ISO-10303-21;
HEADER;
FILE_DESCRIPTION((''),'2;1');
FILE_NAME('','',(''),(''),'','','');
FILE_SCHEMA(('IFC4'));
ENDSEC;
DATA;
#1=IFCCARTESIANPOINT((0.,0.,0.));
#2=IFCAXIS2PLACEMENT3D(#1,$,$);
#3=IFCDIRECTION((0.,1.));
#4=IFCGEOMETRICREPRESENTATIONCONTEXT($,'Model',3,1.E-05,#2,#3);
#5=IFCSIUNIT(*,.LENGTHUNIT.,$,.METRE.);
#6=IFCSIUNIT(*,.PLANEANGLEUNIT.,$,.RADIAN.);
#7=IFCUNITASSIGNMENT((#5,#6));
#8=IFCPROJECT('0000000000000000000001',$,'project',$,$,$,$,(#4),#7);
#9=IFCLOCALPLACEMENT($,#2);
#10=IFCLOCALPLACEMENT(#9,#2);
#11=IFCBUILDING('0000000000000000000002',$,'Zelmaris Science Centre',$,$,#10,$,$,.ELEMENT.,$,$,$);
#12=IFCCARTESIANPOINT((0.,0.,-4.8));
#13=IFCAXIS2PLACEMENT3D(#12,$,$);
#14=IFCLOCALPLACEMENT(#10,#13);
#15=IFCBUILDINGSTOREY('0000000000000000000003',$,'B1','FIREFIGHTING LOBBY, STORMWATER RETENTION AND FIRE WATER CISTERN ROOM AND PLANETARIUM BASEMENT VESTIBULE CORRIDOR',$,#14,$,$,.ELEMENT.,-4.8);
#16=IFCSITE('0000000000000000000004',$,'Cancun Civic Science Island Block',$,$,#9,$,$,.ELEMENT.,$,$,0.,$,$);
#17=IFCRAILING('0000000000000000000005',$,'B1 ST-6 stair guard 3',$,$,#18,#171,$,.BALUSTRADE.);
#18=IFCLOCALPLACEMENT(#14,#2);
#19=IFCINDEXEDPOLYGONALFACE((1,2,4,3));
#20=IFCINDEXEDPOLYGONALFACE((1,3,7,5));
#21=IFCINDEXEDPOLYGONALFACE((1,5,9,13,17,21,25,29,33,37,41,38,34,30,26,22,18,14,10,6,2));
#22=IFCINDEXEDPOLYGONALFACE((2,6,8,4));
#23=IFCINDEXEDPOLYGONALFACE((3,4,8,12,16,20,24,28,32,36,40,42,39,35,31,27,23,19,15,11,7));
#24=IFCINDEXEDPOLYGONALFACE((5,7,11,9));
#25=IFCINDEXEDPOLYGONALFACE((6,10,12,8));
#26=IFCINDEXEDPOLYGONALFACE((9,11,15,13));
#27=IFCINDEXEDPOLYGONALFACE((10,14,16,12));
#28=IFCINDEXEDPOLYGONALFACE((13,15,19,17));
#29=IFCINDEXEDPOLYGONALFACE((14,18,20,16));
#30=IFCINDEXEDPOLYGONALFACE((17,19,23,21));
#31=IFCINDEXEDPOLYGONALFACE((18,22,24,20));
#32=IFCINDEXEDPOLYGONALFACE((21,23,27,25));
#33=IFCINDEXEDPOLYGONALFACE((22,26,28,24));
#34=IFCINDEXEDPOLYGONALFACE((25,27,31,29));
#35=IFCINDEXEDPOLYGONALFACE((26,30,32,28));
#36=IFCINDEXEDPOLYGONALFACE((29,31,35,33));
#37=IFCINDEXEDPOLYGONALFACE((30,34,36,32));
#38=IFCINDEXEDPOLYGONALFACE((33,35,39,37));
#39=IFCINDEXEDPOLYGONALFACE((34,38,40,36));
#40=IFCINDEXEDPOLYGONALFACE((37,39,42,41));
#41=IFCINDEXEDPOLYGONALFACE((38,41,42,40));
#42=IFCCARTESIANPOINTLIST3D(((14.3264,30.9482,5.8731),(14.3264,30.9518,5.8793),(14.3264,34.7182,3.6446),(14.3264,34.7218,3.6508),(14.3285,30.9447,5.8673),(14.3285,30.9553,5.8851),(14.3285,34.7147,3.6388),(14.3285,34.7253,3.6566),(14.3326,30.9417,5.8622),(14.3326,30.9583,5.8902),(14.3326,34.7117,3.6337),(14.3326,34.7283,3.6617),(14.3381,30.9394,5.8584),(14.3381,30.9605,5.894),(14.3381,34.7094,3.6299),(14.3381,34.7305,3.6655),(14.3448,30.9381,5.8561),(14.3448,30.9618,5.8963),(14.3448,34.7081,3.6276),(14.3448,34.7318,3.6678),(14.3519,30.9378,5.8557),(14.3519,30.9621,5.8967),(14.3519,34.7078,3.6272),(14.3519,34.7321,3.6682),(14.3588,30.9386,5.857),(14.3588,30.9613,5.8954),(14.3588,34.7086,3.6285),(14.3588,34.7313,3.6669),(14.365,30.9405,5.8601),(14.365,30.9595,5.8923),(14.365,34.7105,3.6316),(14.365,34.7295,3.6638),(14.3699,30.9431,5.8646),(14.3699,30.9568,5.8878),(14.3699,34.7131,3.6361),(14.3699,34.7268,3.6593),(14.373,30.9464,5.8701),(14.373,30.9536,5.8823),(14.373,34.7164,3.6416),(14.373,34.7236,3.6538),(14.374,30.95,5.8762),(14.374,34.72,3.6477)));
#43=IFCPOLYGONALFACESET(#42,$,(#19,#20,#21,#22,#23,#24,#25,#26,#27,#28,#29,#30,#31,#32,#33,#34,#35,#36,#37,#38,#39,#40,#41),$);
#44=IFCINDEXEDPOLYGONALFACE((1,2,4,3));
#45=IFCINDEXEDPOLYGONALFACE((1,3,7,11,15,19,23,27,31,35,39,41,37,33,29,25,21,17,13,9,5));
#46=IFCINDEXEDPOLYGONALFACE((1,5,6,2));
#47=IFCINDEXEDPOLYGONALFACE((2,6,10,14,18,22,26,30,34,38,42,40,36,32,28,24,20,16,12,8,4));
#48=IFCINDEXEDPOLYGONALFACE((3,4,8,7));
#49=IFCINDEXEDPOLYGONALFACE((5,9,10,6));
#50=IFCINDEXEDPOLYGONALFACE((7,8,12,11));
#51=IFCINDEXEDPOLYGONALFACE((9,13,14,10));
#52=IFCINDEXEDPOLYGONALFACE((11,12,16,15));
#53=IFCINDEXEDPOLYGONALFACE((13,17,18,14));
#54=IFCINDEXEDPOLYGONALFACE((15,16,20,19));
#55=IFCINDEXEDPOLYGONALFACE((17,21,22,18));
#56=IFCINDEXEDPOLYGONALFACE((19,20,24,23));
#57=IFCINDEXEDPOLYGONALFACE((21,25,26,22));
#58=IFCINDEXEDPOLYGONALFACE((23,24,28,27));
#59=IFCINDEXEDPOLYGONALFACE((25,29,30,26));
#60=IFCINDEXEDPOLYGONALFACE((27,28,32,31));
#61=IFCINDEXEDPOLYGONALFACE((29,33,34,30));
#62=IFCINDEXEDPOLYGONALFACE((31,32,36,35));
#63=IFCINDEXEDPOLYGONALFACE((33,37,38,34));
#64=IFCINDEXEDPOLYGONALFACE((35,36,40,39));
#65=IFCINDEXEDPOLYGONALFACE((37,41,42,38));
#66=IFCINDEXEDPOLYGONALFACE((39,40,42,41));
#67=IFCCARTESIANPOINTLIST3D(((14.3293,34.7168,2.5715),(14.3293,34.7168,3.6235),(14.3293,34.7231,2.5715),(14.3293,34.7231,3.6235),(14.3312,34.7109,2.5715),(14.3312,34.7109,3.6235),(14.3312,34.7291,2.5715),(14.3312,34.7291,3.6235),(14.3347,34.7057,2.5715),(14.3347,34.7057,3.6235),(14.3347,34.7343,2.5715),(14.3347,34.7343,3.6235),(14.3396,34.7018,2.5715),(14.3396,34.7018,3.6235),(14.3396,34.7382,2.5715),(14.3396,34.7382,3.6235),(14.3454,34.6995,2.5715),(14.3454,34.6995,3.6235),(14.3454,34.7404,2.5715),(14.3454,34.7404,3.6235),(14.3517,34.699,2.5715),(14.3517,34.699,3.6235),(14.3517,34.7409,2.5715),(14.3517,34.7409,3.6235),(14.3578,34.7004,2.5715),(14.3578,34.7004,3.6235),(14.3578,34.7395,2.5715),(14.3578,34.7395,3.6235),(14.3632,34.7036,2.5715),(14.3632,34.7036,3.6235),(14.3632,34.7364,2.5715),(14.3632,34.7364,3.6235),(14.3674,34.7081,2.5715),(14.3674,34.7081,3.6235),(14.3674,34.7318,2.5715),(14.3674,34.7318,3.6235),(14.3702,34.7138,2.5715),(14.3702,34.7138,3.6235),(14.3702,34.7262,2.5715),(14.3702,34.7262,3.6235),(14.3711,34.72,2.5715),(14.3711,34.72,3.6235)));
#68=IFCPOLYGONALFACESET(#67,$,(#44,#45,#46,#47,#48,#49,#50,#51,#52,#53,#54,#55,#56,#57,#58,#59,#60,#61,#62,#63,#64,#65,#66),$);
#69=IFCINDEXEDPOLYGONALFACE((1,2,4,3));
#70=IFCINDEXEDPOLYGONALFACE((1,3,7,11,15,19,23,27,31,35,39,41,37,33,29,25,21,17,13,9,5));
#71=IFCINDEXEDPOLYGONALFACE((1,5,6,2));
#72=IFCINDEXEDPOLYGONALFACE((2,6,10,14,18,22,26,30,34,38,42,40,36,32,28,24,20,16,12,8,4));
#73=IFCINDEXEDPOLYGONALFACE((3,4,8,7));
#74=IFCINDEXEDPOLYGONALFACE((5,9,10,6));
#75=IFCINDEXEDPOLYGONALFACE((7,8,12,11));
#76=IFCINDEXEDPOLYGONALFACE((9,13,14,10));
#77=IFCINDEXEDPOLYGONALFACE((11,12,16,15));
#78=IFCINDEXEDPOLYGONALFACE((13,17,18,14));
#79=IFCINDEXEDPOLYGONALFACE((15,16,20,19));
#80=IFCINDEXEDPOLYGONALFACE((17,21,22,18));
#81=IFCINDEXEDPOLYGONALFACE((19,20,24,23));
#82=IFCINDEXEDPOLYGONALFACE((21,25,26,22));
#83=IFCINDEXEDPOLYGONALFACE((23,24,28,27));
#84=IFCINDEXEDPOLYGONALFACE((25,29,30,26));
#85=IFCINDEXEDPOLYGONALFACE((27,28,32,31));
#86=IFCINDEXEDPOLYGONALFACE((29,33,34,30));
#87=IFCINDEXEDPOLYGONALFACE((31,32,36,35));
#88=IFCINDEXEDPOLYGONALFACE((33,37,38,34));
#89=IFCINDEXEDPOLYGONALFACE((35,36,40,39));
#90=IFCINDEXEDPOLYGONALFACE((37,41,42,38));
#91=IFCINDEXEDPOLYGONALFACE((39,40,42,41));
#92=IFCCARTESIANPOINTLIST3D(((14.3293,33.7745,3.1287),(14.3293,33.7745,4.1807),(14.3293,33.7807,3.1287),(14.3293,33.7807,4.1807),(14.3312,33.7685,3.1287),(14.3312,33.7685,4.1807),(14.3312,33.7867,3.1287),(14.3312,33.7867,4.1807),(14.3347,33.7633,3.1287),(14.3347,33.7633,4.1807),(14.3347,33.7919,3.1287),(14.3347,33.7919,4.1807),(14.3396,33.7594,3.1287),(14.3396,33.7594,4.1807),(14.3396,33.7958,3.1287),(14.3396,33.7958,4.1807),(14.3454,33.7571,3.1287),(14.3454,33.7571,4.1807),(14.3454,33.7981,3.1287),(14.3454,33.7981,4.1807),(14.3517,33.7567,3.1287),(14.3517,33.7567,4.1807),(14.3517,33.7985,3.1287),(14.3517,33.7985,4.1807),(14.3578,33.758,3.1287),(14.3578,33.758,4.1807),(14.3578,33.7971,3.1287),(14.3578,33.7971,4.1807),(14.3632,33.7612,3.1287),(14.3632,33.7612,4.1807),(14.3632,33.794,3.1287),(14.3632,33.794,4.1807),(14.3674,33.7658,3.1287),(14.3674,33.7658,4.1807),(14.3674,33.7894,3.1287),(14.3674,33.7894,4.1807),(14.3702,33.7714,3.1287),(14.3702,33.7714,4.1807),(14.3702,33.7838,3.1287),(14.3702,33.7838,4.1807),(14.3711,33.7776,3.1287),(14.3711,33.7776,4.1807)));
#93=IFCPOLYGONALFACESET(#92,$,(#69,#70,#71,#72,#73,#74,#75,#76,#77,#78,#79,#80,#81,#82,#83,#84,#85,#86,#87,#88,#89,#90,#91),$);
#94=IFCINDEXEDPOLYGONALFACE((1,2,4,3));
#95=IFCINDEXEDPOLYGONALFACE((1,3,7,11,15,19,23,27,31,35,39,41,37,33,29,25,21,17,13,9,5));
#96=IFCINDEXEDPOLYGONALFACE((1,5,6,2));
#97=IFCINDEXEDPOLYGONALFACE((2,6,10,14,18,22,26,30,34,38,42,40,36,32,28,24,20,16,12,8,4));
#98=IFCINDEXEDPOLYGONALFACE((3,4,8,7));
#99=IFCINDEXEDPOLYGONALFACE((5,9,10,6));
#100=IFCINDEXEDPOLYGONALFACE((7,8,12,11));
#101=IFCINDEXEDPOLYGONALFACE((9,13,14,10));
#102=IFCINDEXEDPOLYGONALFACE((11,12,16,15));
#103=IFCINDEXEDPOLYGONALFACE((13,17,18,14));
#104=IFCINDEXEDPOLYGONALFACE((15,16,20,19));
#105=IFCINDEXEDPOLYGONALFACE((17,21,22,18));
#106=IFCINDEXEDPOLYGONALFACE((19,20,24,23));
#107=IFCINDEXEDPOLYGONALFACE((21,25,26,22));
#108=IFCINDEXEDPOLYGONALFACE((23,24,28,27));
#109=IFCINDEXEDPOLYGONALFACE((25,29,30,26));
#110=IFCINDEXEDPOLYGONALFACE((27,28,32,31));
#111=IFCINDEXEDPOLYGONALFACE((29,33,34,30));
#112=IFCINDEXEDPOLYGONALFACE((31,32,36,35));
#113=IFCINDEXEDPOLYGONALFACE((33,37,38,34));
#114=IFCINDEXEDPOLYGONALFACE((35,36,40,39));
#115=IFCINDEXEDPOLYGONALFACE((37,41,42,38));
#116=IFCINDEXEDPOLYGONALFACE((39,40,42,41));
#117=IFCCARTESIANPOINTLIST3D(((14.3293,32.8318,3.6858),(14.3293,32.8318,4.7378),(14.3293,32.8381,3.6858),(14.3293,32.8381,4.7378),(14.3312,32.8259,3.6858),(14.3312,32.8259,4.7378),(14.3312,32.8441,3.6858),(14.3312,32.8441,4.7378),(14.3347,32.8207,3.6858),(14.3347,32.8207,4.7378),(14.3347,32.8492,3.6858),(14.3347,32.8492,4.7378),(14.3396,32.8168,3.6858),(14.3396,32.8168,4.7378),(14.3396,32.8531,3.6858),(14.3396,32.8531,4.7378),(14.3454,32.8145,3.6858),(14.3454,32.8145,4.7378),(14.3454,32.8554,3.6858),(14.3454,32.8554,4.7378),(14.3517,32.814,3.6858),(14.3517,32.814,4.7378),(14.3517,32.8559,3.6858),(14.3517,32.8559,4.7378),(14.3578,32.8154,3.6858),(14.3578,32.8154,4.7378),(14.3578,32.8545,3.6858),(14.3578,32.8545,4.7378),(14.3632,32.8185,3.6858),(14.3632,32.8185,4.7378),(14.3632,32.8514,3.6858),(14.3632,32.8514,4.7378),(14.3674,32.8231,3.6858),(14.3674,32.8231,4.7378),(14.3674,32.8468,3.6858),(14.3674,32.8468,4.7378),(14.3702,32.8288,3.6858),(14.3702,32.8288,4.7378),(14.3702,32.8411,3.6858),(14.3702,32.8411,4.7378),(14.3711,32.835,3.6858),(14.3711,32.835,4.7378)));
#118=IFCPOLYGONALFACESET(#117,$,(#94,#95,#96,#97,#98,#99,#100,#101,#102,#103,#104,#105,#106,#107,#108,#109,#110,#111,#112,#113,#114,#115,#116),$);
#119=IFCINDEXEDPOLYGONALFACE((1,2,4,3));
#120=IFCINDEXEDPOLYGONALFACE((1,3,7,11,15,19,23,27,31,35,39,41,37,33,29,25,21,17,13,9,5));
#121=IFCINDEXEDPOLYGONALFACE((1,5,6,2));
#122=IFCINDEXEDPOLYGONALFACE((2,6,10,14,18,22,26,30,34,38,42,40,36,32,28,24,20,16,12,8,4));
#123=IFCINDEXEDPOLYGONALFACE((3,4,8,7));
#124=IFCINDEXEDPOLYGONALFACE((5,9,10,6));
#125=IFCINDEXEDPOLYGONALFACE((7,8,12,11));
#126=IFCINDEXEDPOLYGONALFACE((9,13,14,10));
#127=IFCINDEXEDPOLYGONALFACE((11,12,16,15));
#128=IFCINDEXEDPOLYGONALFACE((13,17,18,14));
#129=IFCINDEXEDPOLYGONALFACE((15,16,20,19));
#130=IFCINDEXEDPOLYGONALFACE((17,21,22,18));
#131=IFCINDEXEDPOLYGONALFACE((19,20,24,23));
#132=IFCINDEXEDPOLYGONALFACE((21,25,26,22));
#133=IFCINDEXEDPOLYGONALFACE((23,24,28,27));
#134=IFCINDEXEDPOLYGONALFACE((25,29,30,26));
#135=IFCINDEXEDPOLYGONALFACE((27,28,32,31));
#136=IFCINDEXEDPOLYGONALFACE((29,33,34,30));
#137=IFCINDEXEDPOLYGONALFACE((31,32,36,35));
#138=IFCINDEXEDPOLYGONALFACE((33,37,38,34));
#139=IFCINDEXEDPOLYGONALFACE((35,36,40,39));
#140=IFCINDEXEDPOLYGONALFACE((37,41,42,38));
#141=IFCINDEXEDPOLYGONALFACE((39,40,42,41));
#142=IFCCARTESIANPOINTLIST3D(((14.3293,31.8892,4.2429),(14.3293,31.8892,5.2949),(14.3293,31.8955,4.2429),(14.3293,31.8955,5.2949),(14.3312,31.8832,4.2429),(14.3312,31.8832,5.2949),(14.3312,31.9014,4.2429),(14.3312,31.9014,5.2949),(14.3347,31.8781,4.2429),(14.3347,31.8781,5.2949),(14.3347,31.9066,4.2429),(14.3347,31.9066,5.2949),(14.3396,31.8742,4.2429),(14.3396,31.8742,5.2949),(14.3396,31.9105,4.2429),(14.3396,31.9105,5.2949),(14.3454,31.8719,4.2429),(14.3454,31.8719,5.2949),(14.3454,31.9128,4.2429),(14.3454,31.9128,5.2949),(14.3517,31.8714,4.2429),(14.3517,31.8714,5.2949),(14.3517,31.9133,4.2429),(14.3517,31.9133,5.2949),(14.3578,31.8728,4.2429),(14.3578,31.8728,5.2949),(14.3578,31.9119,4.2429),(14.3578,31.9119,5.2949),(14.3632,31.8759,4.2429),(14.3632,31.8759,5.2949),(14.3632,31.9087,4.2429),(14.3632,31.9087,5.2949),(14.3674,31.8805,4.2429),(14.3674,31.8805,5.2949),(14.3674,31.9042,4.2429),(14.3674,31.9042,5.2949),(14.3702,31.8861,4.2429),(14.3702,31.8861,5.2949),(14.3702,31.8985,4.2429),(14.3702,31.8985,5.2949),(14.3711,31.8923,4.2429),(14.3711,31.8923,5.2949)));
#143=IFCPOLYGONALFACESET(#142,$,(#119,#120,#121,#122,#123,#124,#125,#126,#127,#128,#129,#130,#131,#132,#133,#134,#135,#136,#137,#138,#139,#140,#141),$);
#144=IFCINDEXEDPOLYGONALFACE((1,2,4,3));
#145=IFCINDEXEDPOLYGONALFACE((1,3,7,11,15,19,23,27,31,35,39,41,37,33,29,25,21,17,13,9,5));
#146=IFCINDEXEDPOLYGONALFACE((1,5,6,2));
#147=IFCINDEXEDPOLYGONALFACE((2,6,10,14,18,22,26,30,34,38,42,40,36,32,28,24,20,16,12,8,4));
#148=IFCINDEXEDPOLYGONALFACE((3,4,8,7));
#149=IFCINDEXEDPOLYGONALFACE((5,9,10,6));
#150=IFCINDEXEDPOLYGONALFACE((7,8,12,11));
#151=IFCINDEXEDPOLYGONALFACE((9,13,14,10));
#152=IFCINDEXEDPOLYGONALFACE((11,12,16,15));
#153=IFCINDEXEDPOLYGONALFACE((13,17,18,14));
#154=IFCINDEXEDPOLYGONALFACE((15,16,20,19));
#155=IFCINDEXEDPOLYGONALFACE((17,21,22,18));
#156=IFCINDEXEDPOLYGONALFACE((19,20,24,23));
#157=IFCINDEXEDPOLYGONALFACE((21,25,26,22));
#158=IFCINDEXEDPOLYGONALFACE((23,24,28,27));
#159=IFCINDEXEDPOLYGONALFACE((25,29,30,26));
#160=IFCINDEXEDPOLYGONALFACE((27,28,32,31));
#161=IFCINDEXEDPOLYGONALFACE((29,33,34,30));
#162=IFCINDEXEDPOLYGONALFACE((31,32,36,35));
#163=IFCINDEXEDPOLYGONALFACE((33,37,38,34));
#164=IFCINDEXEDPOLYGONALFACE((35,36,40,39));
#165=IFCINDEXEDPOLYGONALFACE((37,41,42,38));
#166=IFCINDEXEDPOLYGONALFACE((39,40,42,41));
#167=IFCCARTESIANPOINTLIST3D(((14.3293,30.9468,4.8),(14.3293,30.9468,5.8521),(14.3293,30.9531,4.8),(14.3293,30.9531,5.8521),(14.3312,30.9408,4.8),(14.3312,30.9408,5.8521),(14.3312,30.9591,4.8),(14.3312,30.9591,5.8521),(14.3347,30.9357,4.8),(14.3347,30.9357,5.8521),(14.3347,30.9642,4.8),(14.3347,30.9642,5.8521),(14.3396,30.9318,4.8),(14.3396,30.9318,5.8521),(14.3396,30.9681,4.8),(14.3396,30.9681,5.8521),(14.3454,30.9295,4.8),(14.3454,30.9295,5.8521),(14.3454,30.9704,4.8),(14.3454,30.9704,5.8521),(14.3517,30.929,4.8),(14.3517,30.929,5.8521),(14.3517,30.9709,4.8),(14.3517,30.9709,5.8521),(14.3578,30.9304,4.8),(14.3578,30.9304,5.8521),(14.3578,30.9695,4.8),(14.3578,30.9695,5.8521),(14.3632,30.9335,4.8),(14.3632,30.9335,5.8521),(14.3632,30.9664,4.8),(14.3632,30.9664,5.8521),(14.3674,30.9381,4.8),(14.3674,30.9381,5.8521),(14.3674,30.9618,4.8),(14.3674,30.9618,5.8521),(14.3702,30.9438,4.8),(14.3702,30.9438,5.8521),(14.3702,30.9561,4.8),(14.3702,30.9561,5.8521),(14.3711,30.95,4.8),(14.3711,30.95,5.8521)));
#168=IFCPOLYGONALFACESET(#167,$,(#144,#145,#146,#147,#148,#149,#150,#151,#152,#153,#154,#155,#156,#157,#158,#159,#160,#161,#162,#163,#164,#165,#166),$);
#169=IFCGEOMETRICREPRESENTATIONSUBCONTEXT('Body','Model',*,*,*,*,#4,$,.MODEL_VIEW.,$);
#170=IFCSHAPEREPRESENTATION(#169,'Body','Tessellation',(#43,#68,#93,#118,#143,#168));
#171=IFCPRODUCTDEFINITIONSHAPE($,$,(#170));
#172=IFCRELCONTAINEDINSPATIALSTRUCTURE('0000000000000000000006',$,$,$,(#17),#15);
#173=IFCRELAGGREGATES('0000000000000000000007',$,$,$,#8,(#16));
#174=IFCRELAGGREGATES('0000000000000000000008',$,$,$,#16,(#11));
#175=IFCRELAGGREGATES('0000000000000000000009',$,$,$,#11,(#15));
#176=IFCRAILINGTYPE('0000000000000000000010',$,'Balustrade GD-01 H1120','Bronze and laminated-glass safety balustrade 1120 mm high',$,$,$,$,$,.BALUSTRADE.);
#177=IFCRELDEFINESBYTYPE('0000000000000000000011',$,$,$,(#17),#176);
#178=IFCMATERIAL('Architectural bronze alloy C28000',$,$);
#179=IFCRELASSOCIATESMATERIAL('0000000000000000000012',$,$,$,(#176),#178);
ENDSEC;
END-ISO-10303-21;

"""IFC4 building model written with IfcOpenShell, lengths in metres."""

from ifc_helpers import new_model, si_unit, direction, frame, origin, origin_2d, place, context, subcontext, project, spatial, circle, extrude, material, type_object, element, save


model = new_model("IFC4")

# Units and contexts
model_context = context("Model", 3, precision=1e-05, world=origin(), true_north=direction((0.0, 1.0)))
body_context = subcontext(model_context, "Body", "Model", "MODEL_VIEW")
ifc_project = project(units=[si_unit("LENGTHUNIT", "METRE"), si_unit("PLANEANGLEUNIT", "RADIAN")], contexts=[model_context])

# Site, building, storey
site_placement = place(None, origin())
site = spatial("IfcSite", under=ifc_project, at=site_placement, Name="Cancun Civic Science Island Block", CompositionType="ELEMENT", RefElevation=0.0)
building_placement = place(site_placement, origin())
building = spatial("IfcBuilding", under=site, at=building_placement, Name="Zelmaris Science Centre", CompositionType="ELEMENT")
storey_placement = place(building_placement, frame((0.0, 0.0, -4.8)))
storey = spatial("IfcBuildingStorey", under=building, at=storey_placement, Name="B1", Description="FIREFIGHTING LOBBY, STORMWATER RETENTION AND FIRE WATER CISTERN ROOM AND PLANETARIUM BASEMENT VESTIBULE CORRIDOR", CompositionType="ELEMENT", Elevation=-4.8)

# Railing
ifc_material_1 = material(Name="Architectural bronze alloy C28000")
railing_type_1 = type_object("IfcRailingType", Name="Balustrade GD-01 H1120", Description="Bronze and laminated-glass safety balustrade 1120 mm high", PredefinedType="BALUSTRADE", material=ifc_material_1)
railing_1_placement = place(storey_placement, frame((14.3501, 34.72, 2.5715)))
element("IfcRailing", 1, at=railing_1_placement, inside=storey, type_object=railing_type_1, Name="B1 ST-6 stair guard 3", PredefinedType="BALUSTRADE", context=body_context, shape_type="SweptSolid", body=[
    extrude(circle(Radius=0.0239, at=origin_2d()), frame((0.0, 0.0, 1.0762), z_axis=(0.0, -0.860849, 0.508861), x_axis=(1.0, 0.0, 0.0)), (0.0, 0.0, 1.0), 4.3794),
    extrude(circle(Radius=0.021, at=origin_2d()), origin(), (0.0, 0.0, 1.0), 1.052),
    extrude(circle(Radius=0.021, at=origin_2d()), frame((0.0, -0.9424, 0.5571)), (0.0, 0.0, 1.0), 1.052),
    extrude(circle(Radius=0.021, at=origin_2d()), frame((0.0, -1.885, 1.1143)), (0.0, 0.0, 1.0), 1.052),
    extrude(circle(Radius=0.021, at=origin_2d()), frame((0.0, -2.8276, 1.6714)), (0.0, 0.0, 1.0), 1.052),
    extrude(circle(Radius=0.021, at=origin_2d()), frame((0.0, -3.77, 2.2285)), (0.0, 0.0, 1.0), 1.052),
])

save(model, "model.ifc")
